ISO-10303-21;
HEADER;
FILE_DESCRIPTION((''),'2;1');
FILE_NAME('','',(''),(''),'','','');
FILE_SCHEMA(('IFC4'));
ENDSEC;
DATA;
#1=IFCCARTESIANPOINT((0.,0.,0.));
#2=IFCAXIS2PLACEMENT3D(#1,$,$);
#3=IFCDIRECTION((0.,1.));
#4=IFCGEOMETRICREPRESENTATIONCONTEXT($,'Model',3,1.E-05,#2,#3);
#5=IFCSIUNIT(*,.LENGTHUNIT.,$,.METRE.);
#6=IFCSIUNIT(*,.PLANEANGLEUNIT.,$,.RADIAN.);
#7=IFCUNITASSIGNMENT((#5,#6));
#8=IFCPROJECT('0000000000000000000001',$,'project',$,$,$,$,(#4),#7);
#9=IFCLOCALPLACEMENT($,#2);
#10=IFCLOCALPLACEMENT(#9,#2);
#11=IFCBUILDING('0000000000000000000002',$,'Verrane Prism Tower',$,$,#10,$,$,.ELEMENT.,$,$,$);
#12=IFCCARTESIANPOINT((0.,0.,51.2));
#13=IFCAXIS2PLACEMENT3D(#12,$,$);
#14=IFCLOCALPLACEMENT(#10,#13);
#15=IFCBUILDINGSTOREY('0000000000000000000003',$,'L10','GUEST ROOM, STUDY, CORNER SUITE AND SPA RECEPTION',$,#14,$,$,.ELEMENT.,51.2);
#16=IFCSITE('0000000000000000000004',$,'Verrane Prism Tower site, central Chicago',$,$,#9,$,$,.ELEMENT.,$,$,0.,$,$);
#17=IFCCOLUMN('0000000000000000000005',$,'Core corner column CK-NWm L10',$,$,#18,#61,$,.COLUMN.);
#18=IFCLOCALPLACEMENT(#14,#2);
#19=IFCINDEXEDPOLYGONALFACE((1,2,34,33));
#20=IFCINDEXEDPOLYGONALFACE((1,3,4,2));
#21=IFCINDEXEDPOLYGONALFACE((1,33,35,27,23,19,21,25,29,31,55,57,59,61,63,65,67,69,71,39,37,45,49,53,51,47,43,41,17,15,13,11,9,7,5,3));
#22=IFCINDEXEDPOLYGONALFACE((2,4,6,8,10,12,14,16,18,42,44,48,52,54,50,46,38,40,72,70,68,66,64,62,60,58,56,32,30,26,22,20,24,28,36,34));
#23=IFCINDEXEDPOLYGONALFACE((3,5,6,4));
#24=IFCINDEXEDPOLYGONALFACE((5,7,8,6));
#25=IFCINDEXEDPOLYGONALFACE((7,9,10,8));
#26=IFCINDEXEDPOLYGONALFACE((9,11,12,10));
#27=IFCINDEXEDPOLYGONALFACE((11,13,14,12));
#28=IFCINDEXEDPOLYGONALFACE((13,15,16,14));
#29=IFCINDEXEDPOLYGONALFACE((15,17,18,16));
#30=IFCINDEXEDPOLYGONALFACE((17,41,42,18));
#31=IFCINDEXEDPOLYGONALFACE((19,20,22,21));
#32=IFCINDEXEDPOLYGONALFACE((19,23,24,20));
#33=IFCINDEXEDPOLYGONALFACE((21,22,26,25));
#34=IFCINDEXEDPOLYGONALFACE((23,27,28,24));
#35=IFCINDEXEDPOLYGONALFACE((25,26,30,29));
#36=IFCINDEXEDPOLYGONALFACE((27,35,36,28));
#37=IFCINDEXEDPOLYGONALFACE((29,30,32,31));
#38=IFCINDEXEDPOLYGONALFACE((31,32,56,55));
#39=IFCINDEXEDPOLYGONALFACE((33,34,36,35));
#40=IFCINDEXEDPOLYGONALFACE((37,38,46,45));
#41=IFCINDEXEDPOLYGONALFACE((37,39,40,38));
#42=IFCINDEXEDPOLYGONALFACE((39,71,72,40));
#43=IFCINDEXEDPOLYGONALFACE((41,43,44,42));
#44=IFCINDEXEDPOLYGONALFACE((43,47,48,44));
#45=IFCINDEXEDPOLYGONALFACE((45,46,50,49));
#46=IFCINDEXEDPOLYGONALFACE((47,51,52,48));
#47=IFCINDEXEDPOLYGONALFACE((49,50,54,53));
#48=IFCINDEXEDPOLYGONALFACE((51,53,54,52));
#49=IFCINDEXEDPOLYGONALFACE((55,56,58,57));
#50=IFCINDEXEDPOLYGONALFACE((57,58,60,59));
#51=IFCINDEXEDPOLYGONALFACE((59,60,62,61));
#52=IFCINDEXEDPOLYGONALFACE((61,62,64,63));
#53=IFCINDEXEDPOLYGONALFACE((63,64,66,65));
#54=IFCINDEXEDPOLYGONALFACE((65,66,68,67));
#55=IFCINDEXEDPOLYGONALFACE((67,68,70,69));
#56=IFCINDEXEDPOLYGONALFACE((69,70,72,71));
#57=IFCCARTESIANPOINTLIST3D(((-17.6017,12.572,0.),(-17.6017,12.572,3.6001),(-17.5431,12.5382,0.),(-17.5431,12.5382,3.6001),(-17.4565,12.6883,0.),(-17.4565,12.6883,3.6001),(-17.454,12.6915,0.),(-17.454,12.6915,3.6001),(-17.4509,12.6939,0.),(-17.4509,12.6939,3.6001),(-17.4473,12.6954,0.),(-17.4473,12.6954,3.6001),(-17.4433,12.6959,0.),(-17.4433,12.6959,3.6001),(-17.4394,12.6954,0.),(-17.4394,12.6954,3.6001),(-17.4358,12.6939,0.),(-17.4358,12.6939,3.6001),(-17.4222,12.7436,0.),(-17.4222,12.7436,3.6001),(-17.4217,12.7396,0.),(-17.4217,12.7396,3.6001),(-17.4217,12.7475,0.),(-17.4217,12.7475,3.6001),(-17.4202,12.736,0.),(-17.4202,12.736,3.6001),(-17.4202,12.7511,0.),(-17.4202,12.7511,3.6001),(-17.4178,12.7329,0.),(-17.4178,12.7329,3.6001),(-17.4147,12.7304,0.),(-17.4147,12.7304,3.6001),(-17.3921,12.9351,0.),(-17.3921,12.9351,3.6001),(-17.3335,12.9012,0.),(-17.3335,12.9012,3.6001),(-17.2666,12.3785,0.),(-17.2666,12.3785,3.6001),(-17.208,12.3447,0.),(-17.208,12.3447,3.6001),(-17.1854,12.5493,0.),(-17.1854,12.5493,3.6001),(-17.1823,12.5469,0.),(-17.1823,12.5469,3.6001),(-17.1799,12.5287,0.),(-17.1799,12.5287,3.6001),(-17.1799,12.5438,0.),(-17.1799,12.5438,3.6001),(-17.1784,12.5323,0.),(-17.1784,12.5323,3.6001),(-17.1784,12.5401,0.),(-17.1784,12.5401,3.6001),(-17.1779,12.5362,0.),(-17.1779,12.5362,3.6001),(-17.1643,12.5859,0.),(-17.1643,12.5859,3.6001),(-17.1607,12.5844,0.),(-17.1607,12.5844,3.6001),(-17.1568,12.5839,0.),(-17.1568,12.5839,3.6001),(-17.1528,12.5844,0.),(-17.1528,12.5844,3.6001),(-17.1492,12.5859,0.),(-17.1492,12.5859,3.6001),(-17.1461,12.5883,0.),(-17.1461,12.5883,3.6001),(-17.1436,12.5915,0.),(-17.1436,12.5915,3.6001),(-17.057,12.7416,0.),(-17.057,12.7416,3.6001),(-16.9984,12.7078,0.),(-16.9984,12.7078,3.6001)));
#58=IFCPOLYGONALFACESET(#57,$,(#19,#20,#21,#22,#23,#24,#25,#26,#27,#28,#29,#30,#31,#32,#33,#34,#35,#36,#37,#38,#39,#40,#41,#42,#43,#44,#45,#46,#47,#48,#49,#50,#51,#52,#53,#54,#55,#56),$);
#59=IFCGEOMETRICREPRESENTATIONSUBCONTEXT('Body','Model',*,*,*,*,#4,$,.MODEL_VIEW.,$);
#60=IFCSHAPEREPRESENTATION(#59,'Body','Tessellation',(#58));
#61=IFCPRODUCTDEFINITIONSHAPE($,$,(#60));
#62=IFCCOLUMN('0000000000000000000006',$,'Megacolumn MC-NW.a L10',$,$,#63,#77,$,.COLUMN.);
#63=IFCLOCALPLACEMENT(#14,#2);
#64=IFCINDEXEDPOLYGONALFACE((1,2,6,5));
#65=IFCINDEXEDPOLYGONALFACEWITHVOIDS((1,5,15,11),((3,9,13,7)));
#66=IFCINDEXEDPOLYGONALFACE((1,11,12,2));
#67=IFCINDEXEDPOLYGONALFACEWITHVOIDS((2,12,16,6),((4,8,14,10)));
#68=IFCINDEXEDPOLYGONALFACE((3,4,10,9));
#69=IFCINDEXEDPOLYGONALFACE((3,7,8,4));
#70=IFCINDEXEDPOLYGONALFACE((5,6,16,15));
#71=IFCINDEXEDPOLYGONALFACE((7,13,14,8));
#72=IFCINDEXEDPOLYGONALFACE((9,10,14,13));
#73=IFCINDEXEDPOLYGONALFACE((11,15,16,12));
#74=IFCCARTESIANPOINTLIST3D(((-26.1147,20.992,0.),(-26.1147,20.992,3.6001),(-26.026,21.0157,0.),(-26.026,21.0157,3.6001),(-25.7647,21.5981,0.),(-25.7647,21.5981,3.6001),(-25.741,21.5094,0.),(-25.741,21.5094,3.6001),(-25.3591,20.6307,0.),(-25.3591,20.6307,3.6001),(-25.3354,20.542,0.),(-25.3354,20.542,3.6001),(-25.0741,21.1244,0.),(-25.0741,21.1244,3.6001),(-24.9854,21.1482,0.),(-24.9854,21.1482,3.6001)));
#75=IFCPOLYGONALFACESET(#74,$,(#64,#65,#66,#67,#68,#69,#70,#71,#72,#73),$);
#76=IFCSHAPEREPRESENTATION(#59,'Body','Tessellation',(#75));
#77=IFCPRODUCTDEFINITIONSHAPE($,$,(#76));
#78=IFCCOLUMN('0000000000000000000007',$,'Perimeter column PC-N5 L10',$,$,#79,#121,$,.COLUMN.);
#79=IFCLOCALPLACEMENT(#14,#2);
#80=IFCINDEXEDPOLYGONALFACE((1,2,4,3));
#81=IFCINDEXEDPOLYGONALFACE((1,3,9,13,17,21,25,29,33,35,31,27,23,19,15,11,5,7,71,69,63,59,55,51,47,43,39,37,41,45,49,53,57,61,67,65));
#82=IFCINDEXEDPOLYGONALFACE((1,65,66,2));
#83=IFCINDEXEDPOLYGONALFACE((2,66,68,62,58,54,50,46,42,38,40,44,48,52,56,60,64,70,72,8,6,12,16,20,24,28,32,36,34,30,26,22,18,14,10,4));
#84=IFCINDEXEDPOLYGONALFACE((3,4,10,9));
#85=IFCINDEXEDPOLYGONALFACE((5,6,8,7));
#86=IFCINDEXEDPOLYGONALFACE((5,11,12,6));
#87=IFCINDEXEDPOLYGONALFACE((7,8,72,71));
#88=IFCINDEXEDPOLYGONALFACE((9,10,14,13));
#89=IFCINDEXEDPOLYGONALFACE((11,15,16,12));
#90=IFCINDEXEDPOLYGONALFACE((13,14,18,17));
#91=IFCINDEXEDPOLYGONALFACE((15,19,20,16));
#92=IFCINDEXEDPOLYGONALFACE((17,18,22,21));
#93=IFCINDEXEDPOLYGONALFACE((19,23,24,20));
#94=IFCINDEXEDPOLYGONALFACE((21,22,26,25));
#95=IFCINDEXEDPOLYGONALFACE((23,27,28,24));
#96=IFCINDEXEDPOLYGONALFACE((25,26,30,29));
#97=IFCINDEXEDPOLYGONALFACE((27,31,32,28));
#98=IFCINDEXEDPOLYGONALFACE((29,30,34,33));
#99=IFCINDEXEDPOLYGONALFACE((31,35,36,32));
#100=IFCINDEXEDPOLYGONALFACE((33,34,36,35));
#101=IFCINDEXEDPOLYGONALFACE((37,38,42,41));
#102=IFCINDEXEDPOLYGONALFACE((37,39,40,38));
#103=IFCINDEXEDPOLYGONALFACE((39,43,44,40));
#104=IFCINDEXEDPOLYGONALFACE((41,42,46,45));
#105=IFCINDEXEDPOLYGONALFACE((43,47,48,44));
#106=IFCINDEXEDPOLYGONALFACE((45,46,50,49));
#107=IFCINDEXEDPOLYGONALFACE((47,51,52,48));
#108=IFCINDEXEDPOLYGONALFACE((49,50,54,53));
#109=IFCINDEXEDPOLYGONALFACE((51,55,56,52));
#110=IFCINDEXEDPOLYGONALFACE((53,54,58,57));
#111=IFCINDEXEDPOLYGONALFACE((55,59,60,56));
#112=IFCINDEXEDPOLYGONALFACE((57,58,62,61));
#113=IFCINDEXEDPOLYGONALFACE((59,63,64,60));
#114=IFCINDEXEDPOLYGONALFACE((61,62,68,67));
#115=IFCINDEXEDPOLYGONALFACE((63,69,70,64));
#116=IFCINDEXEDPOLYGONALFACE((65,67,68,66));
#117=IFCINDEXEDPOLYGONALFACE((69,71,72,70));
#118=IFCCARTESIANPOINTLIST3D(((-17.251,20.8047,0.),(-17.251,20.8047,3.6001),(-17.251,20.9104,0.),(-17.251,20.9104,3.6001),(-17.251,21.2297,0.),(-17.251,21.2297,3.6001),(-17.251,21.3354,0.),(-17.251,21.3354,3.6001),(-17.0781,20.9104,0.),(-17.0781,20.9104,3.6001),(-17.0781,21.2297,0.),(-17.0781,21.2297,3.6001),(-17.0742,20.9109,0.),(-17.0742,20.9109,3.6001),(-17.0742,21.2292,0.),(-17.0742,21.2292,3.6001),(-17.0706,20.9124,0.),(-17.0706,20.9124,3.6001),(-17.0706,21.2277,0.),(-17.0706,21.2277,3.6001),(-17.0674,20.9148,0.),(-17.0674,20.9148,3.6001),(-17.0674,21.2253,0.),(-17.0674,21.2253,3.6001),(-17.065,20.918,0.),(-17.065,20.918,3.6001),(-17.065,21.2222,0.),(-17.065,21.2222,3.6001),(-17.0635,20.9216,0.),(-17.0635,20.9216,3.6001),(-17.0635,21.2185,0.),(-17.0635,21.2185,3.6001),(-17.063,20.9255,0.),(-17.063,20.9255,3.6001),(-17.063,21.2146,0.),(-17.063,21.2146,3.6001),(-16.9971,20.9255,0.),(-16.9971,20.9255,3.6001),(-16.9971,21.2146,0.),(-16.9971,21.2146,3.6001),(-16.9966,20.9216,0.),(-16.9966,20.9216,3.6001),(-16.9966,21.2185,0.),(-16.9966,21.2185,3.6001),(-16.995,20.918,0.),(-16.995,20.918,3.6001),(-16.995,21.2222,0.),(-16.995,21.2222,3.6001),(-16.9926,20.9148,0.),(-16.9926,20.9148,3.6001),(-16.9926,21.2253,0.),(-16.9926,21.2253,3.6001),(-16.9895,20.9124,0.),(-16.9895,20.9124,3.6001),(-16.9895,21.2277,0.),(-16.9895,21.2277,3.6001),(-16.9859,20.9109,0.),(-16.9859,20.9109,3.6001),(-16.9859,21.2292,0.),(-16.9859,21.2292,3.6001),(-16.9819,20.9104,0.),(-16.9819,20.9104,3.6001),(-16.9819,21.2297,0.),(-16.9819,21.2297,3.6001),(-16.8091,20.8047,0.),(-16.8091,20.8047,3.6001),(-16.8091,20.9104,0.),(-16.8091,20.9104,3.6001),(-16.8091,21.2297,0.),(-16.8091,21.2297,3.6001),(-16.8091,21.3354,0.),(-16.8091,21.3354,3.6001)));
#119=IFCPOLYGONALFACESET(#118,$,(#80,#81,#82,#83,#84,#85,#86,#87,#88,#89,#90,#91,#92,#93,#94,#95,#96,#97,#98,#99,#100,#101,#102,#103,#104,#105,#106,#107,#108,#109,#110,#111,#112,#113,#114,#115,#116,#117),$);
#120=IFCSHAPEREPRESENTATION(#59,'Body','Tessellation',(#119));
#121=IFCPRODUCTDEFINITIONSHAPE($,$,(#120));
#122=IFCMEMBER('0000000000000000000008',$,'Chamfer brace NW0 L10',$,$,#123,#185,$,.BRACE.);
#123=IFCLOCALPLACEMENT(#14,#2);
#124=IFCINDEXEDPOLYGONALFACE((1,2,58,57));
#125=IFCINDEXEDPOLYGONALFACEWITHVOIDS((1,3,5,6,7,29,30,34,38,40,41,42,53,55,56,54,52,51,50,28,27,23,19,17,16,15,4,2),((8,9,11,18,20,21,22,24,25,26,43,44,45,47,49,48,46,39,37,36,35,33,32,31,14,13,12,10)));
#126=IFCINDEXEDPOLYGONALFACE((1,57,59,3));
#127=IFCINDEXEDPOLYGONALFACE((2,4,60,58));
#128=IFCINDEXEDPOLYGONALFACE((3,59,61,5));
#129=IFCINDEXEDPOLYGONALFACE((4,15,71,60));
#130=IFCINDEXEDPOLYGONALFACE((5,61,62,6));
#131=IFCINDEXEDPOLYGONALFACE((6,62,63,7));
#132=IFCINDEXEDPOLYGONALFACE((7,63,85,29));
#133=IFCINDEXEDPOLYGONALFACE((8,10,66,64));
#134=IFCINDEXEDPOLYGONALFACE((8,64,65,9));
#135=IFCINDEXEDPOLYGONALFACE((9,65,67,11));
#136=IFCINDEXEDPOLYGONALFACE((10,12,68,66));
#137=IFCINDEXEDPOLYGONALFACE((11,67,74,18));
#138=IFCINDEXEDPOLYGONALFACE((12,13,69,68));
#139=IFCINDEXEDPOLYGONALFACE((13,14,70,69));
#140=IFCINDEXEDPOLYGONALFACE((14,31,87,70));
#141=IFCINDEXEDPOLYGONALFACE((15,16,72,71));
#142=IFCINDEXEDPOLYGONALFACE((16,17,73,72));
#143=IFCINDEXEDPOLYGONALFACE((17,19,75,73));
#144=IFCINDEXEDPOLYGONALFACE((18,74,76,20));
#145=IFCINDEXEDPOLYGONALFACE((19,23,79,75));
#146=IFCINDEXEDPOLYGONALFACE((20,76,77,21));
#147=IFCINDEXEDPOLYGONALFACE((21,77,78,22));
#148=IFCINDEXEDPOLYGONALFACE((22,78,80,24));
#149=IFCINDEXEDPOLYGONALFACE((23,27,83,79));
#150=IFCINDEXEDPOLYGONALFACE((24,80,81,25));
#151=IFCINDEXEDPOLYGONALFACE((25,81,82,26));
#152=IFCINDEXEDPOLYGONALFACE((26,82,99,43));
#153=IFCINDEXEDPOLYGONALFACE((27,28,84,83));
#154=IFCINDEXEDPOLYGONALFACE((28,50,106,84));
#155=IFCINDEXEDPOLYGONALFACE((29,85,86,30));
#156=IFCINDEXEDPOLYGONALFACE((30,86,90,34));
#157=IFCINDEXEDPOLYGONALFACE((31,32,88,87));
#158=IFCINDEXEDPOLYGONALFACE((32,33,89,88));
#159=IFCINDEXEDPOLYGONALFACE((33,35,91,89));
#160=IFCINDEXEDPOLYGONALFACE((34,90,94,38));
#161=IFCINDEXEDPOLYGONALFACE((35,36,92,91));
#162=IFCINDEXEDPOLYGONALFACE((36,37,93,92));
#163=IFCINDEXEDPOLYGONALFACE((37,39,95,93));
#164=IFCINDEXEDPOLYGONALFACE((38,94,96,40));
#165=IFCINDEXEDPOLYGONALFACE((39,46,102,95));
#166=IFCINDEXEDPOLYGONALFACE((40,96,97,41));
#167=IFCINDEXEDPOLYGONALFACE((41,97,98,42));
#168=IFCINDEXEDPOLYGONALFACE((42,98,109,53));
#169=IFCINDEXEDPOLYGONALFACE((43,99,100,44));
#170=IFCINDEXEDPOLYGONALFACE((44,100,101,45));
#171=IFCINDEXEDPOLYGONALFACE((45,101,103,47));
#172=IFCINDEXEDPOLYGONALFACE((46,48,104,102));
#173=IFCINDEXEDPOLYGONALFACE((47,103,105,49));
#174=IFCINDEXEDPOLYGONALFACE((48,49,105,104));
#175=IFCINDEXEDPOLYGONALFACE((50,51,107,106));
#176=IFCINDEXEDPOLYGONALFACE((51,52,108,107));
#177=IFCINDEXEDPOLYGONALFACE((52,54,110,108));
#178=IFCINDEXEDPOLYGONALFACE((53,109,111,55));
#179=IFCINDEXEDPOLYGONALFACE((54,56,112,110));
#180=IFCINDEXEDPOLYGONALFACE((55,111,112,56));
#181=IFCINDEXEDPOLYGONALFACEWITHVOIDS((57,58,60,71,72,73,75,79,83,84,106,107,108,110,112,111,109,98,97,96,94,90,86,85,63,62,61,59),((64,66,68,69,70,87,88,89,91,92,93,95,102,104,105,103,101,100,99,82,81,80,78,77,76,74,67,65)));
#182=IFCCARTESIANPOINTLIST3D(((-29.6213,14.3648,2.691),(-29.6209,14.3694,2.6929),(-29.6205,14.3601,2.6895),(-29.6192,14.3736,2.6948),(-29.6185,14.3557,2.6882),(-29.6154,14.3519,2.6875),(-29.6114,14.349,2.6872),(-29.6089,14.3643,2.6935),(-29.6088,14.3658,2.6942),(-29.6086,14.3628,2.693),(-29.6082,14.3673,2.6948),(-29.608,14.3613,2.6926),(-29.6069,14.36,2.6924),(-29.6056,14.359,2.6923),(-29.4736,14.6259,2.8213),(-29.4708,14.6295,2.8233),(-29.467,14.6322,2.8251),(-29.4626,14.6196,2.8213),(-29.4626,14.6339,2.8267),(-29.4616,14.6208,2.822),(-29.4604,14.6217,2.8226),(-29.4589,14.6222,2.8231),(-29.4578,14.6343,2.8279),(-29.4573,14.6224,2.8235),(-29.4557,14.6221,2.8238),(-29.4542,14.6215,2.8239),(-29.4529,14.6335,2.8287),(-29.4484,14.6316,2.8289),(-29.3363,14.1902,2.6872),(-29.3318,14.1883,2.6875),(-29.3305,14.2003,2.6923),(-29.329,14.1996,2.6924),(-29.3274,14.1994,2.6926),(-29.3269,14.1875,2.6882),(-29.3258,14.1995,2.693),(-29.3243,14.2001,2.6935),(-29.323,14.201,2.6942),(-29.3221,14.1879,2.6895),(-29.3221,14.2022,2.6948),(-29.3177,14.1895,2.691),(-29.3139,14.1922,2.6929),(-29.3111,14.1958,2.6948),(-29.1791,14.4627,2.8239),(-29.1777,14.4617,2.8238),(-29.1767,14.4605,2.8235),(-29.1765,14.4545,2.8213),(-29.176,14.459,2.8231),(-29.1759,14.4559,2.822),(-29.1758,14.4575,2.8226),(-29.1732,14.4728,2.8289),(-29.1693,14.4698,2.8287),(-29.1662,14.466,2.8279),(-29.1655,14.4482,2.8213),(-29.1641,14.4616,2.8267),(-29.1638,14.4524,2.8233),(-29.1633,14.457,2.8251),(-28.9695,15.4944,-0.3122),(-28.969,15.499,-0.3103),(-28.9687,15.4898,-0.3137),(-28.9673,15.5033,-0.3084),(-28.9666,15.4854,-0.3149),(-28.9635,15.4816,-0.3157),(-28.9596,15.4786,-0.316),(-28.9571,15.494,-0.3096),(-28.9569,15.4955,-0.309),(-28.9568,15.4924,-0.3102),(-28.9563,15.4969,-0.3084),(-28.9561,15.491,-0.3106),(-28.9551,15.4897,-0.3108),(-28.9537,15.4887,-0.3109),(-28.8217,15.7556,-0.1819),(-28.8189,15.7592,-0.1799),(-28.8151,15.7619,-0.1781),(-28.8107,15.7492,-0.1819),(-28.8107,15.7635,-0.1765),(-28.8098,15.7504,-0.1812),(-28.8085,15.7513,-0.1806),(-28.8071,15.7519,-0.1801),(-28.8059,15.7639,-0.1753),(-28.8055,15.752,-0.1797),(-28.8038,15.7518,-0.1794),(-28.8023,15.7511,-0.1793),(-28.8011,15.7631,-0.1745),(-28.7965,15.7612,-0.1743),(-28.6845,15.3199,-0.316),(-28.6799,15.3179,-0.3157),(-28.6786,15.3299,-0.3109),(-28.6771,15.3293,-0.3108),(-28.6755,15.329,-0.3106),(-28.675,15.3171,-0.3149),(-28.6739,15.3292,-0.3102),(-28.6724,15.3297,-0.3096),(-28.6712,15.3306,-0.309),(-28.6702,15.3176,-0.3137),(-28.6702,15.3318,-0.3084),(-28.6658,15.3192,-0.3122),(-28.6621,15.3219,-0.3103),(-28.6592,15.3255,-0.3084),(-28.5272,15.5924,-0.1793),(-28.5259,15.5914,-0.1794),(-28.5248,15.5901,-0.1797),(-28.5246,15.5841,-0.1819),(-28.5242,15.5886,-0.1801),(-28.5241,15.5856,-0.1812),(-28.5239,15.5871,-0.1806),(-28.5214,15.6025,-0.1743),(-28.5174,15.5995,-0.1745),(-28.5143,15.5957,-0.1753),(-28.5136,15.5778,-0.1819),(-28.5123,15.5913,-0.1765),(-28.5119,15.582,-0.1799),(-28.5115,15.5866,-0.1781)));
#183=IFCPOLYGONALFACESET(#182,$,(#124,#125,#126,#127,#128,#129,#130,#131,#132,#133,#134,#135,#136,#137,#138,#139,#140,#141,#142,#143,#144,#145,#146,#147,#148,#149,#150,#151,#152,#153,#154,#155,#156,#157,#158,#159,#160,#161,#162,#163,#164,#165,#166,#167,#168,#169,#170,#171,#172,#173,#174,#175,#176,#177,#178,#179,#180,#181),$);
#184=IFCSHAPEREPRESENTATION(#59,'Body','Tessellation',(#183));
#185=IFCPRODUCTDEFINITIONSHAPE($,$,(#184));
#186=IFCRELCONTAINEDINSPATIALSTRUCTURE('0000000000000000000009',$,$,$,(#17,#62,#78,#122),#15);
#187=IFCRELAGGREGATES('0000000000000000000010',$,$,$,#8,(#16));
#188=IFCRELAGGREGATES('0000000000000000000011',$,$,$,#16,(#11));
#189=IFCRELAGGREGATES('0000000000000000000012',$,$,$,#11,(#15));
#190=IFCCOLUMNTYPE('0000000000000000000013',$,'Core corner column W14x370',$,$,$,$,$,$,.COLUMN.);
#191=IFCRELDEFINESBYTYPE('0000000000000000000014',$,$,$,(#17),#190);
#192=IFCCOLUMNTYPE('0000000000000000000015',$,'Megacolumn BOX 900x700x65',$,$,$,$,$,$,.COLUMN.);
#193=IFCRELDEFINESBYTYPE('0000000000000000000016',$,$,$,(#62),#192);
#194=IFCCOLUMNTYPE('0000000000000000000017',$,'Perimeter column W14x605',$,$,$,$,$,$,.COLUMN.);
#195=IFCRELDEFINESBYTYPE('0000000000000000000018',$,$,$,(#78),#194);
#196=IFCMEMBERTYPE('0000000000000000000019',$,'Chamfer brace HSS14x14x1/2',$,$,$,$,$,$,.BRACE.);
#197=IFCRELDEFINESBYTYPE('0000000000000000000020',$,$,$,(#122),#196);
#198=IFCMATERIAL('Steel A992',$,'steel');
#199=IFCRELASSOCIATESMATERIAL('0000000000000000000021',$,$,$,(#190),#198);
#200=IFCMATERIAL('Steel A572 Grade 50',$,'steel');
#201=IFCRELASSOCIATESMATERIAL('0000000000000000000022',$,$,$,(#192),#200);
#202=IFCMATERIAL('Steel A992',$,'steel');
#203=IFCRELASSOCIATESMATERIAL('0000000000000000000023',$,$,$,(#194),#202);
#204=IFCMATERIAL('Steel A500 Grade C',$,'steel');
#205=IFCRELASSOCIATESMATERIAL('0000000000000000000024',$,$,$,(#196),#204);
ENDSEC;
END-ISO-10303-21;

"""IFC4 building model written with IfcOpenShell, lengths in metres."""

from ifc_helpers import new_model, si_unit, direction, frame, origin, origin_2d, place, context, subcontext, project, spatial, hollow_rectangle, i_section, extrude, material, material_profile, profile_set, type_object, element, save


model = new_model("IFC4")

# Units and contexts
model_context = context("Model", 3, precision=1e-05, world=origin(), true_north=direction((0.0, 1.0)))
body_context = subcontext(model_context, "Body", "Model", "MODEL_VIEW")
ifc_project = project(units=[si_unit("LENGTHUNIT", "METRE"), si_unit("PLANEANGLEUNIT", "RADIAN")], contexts=[model_context])

# Site, building, storey
site_placement = place(None, origin())
site = spatial("IfcSite", under=ifc_project, at=site_placement, Name="Verrane Prism Tower site, central Chicago", CompositionType="ELEMENT", RefElevation=0.0)
building_placement = place(site_placement, origin())
building = spatial("IfcBuilding", under=site, at=building_placement, Name="Verrane Prism Tower", CompositionType="ELEMENT")
storey_placement = place(building_placement, frame((0.0, 0.0, 51.2)))
storey = spatial("IfcBuildingStorey", under=building, at=storey_placement, Name="L10", Description="GUEST ROOM, STUDY, CORNER SUITE AND SPA RECEPTION", CompositionType="ELEMENT", Elevation=51.2)

# Columns
ifc_material_1 = material(Name="Steel A992", Category="steel")
ifc_material_profile_1 = material_profile(ifc_material_1, i_section(OverallWidth=0.4192, OverallDepth=0.4546, WebThickness=0.0422, FlangeThickness=0.0676, FilletRadius=0.0151, at=origin_2d()), Name="W14x370")
ifc_profile_set_1 = profile_set([ifc_material_profile_1], Name="Steel A992")
column_type_1 = type_object("IfcColumnType", Name="Core corner column W14x370", PredefinedType="COLUMN", material=ifc_profile_set_1)
column_1_placement = place(storey_placement, frame((-17.3, 12.6399, 0.0), z_axis=(0.0, 0.0, 1.0), x_axis=(0.5, 0.866025, 0.0)))
element("IfcColumn", 1, at=column_1_placement, inside=storey, type_object=column_type_1, Name="Core corner column CK-NWm L10", PredefinedType="COLUMN", context=body_context, shape_type="SweptSolid", body=[
    extrude(i_section(OverallWidth=0.4192, OverallDepth=0.4546, WebThickness=0.0422, FlangeThickness=0.0676, FilletRadius=0.0151, at=origin_2d()), origin(), (0.0, 0.0, 1.0), 3.6001),
])
ifc_material_2 = material(Name="Steel A572 Grade 50", Category="steel")
ifc_material_profile_2 = material_profile(ifc_material_2, hollow_rectangle(XDim=0.7, YDim=0.8999, WallThickness=0.0649, at=origin_2d()), Name="BOX 900x700x65")
ifc_profile_set_2 = profile_set([ifc_material_profile_2], Name="Steel A572 Grade 50")
column_type_2 = type_object("IfcColumnType", Name="Megacolumn BOX 900x700x65", PredefinedType="COLUMN", material=ifc_profile_set_2)
column_2_placement = place(storey_placement, frame((-25.55, 21.0701, 0.0), z_axis=(0.0, 0.0, 1.0), x_axis=(0.5, 0.866025, 0.0)))
element("IfcColumn", 2, at=column_2_placement, inside=storey, type_object=column_type_2, Name="Megacolumn MC-NW.a L10", PredefinedType="COLUMN", context=body_context, shape_type="SweptSolid", body=[
    extrude(hollow_rectangle(XDim=0.7, YDim=0.8999, WallThickness=0.0649, at=origin_2d()), origin(), (0.0, 0.0, 1.0), 3.6001),
])
ifc_material_3 = material(Name="Steel A992", Category="steel")
ifc_material_profile_3 = material_profile(ifc_material_3, i_section(OverallWidth=0.4419, OverallDepth=0.5308, WebThickness=0.0659, FlangeThickness=0.1057, FilletRadius=0.0151, at=origin_2d()), Name="W14x605")
ifc_profile_set_3 = profile_set([ifc_material_profile_3], Name="Steel A992")
column_type_3 = type_object("IfcColumnType", Name="Perimeter column W14x605", PredefinedType="COLUMN", material=ifc_profile_set_3)
column_3_placement = place(storey_placement, frame((-17.03, 21.0701, 0.0), z_axis=(0.0, 0.0, 1.0), x_axis=(1.0, 0.0, 0.0)))
element("IfcColumn", 3, at=column_3_placement, inside=storey, type_object=column_type_3, Name="Perimeter column PC-N5 L10", PredefinedType="COLUMN", context=body_context, shape_type="SweptSolid", body=[
    extrude(i_section(OverallWidth=0.4419, OverallDepth=0.5308, WebThickness=0.0659, FlangeThickness=0.1057, FilletRadius=0.0151, at=origin_2d()), origin(), (0.0, 0.0, 1.0), 3.6001),
])

# Member
ifc_material_4 = material(Name="Steel A500 Grade C", Category="steel")
ifc_material_profile_4 = material_profile(ifc_material_4, hollow_rectangle(XDim=0.3557, YDim=0.3557, WallThickness=0.0127, InnerFilletRadius=0.0063, OuterFilletRadius=0.019, at=origin_2d()), Name="HSS14x14x1/2")
ifc_profile_set_4 = profile_set([ifc_material_profile_4], Name="Steel A500 Grade C")
member_type_1 = type_object("IfcMemberType", Name="Chamfer brace HSS14x14x1/2", PredefinedType="BRACE", material=ifc_profile_set_4)
member_1_placement = place(storey_placement, frame((-28.7405, 15.5405, -0.2451), z_axis=(-0.199092, -0.345017, 0.917238), x_axis=(0.866139, -0.499803, 0.0)))
element("IfcMember", 4, at=member_1_placement, inside=storey, type_object=member_type_1, Name="Chamfer brace NW0 L10", PredefinedType="BRACE", context=body_context, shape_type="SweptSolid", body=[
    extrude(hollow_rectangle(XDim=0.3557, YDim=0.3557, WallThickness=0.0127, InnerFilletRadius=0.0063, OuterFilletRadius=0.019, at=origin_2d()), origin(), (0.0, 0.0, 1.0), 3.2742),
])

save(model, "model.ifc")
